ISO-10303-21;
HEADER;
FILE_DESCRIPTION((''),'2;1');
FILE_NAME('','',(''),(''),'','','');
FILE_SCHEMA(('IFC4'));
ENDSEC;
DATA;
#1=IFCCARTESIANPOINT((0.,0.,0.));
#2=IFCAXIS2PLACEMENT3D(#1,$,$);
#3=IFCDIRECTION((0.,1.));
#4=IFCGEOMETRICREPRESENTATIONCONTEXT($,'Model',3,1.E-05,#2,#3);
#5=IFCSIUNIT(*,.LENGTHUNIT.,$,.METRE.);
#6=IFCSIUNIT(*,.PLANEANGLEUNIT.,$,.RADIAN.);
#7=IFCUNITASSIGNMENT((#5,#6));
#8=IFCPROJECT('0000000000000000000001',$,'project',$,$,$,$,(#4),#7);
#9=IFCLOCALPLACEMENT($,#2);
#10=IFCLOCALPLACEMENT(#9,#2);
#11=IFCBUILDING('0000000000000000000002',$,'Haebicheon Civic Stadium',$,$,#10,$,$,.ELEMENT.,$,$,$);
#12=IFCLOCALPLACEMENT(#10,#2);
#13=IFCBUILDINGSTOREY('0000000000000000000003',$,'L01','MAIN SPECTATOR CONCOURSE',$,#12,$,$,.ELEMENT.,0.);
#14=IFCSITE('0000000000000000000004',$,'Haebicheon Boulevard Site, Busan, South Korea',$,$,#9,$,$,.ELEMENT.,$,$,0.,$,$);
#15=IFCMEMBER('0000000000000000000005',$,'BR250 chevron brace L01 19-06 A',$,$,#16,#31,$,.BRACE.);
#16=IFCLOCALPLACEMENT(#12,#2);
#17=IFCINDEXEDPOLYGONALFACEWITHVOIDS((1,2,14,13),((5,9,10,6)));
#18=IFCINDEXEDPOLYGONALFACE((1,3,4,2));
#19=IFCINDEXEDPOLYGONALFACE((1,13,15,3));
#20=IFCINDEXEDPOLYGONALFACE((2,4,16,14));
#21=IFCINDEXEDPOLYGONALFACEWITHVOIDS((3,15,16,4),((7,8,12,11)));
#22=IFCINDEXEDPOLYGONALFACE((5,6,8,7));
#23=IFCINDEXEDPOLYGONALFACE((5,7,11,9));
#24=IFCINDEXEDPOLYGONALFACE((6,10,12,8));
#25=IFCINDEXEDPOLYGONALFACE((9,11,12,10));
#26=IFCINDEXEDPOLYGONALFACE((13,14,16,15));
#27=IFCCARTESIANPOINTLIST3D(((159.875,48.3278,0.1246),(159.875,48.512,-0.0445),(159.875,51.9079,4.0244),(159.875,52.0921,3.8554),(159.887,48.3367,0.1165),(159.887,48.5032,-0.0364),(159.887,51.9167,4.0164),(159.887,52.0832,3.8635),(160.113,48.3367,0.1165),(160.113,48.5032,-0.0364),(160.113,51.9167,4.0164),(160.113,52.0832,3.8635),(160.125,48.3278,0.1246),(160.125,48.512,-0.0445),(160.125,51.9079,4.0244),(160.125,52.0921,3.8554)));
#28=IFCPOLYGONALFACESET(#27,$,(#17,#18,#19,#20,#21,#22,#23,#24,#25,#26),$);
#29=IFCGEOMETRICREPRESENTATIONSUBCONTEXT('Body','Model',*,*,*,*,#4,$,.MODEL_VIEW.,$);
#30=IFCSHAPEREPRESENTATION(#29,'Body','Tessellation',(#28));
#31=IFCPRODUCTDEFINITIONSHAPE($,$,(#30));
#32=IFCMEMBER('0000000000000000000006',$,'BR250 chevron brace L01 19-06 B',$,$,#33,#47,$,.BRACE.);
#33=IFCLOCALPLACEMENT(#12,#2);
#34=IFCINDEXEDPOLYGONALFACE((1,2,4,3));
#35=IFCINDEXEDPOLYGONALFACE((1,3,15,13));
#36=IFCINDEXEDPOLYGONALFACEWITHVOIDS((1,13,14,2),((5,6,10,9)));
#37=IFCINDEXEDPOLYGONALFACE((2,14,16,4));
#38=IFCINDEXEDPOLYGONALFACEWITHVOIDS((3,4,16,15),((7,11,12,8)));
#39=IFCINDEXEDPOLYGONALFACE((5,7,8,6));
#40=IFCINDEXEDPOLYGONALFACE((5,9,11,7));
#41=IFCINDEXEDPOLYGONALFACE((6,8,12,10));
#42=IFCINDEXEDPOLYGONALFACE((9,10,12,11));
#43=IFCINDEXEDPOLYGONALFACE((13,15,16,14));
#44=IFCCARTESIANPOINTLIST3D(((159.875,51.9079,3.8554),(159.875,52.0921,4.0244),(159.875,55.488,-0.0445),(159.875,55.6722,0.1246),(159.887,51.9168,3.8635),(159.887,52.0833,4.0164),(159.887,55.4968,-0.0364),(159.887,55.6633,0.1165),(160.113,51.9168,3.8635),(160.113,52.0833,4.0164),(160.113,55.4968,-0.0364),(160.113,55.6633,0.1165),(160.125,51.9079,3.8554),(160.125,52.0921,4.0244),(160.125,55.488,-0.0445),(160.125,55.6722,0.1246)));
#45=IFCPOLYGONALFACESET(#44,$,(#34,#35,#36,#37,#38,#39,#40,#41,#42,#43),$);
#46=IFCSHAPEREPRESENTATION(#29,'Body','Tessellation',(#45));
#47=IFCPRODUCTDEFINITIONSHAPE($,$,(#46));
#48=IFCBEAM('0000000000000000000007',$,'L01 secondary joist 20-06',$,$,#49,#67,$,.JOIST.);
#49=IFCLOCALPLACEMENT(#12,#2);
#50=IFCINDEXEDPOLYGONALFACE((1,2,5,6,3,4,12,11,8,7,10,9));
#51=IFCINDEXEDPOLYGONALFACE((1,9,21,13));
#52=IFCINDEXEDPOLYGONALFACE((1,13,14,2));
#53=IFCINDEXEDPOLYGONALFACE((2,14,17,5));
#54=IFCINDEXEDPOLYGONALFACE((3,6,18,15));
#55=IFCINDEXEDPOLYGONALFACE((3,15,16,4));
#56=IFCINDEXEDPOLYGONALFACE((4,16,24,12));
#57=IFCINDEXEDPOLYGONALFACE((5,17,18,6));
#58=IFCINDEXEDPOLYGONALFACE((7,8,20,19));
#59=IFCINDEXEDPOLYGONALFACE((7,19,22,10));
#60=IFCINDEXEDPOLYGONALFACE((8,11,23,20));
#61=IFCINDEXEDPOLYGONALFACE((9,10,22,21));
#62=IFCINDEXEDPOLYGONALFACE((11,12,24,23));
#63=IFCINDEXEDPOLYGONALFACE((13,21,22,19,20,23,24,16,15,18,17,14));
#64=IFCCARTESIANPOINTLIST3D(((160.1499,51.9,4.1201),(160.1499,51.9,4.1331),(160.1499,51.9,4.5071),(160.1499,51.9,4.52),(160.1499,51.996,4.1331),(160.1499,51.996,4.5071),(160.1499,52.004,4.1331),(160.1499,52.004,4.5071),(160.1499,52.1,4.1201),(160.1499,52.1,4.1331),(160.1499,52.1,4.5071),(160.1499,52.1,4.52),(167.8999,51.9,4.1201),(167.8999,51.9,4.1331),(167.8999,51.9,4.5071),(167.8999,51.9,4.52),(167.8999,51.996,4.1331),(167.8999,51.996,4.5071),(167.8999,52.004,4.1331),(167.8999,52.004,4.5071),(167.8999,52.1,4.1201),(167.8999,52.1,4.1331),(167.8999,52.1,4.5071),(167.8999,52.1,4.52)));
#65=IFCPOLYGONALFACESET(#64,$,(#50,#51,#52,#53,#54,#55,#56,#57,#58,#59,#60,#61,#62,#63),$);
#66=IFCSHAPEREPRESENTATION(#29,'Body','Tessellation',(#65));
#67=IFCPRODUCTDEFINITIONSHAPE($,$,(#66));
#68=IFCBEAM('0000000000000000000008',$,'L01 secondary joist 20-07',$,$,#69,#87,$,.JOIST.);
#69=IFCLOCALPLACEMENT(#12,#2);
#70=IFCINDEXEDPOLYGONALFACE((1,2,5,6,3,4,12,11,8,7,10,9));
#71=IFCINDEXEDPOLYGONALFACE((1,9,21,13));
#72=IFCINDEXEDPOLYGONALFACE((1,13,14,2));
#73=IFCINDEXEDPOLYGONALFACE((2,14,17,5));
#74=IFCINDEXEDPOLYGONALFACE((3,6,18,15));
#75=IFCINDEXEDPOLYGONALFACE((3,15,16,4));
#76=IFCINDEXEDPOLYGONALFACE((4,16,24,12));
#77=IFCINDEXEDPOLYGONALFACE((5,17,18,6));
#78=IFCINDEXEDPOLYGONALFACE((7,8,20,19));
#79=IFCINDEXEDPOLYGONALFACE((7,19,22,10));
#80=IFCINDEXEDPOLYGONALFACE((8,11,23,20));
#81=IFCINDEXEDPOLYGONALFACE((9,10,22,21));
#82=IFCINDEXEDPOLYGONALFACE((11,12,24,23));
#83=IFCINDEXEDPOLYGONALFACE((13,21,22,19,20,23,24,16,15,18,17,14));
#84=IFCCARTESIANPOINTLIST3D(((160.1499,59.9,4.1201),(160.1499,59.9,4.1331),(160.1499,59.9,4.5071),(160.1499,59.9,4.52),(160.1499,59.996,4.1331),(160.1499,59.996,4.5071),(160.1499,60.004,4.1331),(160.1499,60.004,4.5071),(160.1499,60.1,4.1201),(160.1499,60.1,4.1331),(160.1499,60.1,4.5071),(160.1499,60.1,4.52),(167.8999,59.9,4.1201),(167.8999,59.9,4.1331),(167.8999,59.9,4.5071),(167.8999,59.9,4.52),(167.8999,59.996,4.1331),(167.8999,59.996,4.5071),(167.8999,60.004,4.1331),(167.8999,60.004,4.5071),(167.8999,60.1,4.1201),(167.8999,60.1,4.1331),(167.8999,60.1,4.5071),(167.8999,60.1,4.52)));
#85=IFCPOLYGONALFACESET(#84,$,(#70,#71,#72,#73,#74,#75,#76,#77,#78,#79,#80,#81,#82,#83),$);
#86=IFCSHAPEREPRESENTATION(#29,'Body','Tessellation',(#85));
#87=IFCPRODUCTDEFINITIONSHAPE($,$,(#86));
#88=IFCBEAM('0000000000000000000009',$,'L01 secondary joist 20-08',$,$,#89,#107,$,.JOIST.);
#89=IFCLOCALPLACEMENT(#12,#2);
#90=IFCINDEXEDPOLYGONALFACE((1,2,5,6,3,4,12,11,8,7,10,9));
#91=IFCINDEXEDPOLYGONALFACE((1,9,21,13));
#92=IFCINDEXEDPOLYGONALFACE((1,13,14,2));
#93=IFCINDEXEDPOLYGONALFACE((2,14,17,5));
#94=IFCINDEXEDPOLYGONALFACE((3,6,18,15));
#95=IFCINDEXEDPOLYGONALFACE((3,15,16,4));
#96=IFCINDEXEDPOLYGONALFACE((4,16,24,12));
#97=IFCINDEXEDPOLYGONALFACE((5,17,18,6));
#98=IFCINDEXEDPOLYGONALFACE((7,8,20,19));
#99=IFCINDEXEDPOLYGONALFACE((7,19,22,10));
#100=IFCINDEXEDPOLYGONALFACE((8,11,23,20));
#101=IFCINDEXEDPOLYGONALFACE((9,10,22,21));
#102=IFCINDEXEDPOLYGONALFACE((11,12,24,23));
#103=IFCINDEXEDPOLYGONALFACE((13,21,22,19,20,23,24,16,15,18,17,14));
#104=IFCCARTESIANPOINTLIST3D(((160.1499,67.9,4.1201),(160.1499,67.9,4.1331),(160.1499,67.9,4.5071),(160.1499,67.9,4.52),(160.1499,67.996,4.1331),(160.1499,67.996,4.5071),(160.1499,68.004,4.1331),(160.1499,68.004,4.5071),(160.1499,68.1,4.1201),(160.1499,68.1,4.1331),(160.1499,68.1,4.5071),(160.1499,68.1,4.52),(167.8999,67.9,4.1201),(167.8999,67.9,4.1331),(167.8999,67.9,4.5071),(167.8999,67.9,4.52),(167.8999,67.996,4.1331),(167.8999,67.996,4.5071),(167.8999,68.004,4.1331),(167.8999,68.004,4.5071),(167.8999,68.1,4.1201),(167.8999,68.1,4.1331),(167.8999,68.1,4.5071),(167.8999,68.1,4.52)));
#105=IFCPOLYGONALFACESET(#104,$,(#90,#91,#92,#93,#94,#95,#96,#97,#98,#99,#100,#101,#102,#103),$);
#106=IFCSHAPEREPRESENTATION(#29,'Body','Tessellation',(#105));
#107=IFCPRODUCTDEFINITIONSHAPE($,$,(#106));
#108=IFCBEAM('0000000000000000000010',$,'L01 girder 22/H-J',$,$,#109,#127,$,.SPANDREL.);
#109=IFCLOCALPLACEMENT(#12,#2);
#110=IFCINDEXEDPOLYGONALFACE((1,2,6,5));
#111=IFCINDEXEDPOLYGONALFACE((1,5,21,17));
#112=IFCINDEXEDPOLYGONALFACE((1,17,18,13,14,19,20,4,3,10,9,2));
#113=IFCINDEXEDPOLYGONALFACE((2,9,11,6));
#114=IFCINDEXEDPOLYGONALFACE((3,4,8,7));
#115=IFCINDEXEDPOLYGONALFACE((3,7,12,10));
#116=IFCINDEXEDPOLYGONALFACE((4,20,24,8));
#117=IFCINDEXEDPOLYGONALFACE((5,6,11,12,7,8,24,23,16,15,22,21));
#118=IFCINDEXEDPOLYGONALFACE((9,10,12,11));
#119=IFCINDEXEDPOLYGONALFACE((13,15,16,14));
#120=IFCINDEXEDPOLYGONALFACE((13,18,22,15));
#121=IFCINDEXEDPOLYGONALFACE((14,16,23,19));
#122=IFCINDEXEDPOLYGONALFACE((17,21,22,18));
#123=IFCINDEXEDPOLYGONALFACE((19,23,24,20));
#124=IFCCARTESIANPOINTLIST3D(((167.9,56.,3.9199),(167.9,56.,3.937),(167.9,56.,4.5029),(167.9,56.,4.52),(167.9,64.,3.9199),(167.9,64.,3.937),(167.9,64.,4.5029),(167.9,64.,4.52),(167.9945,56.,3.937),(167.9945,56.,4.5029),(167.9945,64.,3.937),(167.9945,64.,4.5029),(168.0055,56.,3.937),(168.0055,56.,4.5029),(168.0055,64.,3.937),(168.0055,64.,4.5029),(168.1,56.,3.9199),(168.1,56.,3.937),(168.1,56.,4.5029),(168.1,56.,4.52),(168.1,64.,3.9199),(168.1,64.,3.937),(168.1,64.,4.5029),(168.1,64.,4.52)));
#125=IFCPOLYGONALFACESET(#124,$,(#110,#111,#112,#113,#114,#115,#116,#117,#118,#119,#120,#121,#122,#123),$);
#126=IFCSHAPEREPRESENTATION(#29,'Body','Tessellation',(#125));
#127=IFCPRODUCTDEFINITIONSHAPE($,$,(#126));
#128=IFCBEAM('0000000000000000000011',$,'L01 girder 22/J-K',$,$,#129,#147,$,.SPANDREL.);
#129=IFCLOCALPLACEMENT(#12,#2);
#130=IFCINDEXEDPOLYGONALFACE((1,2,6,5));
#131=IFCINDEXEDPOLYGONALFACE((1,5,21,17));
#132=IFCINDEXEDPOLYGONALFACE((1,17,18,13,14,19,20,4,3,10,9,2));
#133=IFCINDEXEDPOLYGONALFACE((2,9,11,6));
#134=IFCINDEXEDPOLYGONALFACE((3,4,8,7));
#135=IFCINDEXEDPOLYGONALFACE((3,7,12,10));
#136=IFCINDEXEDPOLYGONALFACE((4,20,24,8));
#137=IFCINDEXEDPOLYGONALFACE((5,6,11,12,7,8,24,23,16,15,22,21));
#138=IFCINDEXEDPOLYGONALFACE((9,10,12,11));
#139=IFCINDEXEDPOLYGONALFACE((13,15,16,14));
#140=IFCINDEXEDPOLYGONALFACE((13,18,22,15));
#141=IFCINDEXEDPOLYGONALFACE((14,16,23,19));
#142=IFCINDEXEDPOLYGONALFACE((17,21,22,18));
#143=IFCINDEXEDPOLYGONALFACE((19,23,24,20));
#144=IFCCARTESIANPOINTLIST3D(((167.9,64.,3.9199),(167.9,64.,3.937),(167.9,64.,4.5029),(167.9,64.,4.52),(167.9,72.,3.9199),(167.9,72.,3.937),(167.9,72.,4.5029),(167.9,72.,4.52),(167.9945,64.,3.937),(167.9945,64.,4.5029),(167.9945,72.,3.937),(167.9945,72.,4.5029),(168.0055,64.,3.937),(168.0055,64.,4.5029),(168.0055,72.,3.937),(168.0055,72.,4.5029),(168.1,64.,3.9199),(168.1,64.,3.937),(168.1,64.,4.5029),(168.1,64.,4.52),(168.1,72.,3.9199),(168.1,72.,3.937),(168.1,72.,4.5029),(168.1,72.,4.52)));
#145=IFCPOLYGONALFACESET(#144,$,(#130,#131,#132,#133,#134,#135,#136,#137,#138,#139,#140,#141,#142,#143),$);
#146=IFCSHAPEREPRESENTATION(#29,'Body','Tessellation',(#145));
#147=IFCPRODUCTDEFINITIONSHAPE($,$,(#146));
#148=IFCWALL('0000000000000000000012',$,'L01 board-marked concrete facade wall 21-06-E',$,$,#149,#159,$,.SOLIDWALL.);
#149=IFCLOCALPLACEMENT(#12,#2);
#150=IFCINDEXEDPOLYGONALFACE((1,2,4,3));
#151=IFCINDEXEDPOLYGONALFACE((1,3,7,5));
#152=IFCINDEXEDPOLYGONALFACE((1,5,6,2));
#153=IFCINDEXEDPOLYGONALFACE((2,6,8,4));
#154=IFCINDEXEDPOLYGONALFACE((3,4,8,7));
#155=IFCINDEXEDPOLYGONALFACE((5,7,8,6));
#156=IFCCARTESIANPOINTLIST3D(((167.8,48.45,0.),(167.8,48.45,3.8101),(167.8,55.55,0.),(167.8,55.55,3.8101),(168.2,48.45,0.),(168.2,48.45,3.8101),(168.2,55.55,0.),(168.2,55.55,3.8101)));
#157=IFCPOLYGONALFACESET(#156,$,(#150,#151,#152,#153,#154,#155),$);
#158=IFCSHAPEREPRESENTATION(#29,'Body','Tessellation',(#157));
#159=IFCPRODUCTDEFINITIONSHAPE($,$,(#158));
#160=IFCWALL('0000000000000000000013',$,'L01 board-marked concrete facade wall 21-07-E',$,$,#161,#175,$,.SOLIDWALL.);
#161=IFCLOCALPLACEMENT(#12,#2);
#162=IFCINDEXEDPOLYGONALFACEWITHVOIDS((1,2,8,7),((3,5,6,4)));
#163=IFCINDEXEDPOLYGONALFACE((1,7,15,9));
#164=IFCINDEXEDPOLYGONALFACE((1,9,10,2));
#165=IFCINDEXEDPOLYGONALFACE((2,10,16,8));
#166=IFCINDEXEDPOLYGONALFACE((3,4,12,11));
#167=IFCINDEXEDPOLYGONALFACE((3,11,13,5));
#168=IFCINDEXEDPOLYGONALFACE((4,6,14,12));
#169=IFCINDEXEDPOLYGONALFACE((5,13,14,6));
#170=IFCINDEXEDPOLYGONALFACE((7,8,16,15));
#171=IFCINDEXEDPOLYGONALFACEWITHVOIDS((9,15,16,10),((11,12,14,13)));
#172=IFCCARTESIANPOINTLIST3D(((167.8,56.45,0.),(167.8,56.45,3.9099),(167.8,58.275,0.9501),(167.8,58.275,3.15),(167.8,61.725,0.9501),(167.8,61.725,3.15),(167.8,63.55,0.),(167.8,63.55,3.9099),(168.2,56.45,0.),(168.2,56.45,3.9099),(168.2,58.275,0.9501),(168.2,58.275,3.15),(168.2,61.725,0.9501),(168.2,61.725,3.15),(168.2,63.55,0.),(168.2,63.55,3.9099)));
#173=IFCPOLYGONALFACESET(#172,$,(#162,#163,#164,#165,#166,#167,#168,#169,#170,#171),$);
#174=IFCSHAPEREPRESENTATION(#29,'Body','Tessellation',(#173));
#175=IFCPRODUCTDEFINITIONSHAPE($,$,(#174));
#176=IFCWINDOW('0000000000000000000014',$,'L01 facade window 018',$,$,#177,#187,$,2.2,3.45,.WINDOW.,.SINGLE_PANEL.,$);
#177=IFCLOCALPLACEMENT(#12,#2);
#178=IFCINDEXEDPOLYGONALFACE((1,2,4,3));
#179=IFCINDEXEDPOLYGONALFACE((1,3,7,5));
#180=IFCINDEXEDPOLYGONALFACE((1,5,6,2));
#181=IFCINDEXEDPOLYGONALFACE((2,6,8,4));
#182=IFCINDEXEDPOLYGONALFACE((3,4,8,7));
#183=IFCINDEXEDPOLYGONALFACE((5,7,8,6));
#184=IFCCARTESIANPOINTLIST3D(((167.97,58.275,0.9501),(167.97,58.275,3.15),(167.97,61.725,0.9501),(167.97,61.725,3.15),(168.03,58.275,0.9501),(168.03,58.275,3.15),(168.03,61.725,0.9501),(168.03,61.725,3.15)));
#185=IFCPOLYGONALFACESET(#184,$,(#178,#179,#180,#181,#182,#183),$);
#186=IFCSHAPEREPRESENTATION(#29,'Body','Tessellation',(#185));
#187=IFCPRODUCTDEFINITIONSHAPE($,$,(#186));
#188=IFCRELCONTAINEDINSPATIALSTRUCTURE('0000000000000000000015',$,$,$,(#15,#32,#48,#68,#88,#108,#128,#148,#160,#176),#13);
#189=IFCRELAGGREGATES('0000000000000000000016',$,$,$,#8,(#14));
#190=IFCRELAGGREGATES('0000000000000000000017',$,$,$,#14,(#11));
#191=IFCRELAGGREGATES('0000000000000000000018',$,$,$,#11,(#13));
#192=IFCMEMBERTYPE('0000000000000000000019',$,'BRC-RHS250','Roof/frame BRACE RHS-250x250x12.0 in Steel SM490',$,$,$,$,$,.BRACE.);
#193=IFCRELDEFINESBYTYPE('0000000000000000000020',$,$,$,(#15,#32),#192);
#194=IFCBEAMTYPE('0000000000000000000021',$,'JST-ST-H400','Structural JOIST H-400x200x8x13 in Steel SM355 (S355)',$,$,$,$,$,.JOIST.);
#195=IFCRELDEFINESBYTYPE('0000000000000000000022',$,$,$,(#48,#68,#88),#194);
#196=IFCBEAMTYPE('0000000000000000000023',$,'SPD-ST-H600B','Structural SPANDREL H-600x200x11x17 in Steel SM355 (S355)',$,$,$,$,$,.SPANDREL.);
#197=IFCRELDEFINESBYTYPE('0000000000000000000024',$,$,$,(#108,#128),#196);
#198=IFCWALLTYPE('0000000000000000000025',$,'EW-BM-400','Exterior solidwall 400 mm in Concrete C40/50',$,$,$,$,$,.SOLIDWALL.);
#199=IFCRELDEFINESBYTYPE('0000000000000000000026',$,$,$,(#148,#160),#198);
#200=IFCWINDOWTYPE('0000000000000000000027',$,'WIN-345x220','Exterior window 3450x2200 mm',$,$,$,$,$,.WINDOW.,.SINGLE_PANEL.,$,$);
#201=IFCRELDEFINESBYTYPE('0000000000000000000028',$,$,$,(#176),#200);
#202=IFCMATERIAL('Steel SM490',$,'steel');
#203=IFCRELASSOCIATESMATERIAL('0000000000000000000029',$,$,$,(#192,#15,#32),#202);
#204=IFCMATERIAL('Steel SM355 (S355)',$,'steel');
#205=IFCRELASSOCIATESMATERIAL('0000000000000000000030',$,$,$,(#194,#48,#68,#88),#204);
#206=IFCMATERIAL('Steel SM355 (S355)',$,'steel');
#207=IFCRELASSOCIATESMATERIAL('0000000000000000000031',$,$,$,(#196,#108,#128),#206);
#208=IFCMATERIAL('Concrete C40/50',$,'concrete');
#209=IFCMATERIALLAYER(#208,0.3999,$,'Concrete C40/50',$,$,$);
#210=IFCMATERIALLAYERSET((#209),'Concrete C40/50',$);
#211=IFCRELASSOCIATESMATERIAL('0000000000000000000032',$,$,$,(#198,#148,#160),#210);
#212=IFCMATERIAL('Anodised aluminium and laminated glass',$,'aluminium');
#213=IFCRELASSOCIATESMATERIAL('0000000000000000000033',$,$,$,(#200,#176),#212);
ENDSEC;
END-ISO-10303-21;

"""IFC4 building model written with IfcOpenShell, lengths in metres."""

from ifc_helpers import new_model, si_unit, direction, frame, frame_2d, origin, origin_2d, place, context, subcontext, project, spatial, rectangle, hollow_rectangle, i_section, extrude, material, layer, layer_set, material_profile, profile_set, type_object, element, fill, save


model = new_model("IFC4")

# Units and contexts
model_context = context("Model", 3, precision=1e-05, world=origin(), true_north=direction((0.0, 1.0)))
body_context = subcontext(model_context, "Body", "Model", "MODEL_VIEW")
ifc_project = project(units=[si_unit("LENGTHUNIT", "METRE"), si_unit("PLANEANGLEUNIT", "RADIAN")], contexts=[model_context])

# Site, building, storey
site_placement = place(None, origin())
site = spatial("IfcSite", under=ifc_project, at=site_placement, Name="Haebicheon Boulevard Site, Busan, South Korea", CompositionType="ELEMENT", RefElevation=0.0)
building_placement = place(site_placement, origin())
building = spatial("IfcBuilding", under=site, at=building_placement, Name="Haebicheon Civic Stadium", CompositionType="ELEMENT")
storey_placement = place(building_placement, origin())
storey = spatial("IfcBuildingStorey", under=building, at=storey_placement, Name="L01", Description="MAIN SPECTATOR CONCOURSE", CompositionType="ELEMENT", Elevation=0.0)

# Members
ifc_material_1 = material(Name="Steel SM490", Category="steel")
ifc_material_profile_1 = material_profile(ifc_material_1, hollow_rectangle(XDim=0.25, YDim=0.25, WallThickness=0.012, at=origin_2d()), Name="RHS-250x250x12.0")
ifc_profile_set_1 = profile_set([ifc_material_profile_1], Name="Steel SM490")
member_type = type_object("IfcMemberType", Name="BRC-RHS250", Description="Roof/frame BRACE RHS-250x250x12.0 in Steel SM490", PredefinedType="BRACE", material=ifc_profile_set_1)
for number, where, z_axis, x_axis, name in (
    (1, (160.0, 48.4199, 0.04), (0.0, 0.676255, 0.736668), (-1.0, 0.0, 0.0), "BR250 chevron brace L01 19-06 A"),
    (2, (160.0, 55.5801, 0.04), (0.0, -0.676255, 0.736668), (1.0, 0.0, 0.0), "BR250 chevron brace L01 19-06 B"),
):
    element("IfcMember", number, at=place(storey_placement, frame(where, z_axis=z_axis, x_axis=x_axis)), inside=storey, type_object=member_type, material=ifc_profile_set_1, Name=name, PredefinedType="BRACE", context=body_context, shape_type="SweptSolid", body=[
        extrude(hollow_rectangle(XDim=0.25, YDim=0.25, WallThickness=0.012, at=origin_2d()), origin(), (0.0, 0.0, 1.0), 5.2939),
    ])

# Beams
ifc_material_2 = material(Name="Steel SM355 (S355)", Category="steel")
ifc_material_profile_2 = material_profile(ifc_material_2, i_section(OverallWidth=0.2, OverallDepth=0.3999, WebThickness=0.0081, FlangeThickness=0.0129, at=origin_2d()), Name="H-400x200x8x13")
ifc_profile_set_2 = profile_set([ifc_material_profile_2], Name="Steel SM355 (S355)")
beam_type_1 = type_object("IfcBeamType", Name="JST-ST-H400", Description="Structural JOIST H-400x200x8x13 in Steel SM355 (S355)", PredefinedType="JOIST", material=ifc_profile_set_2)
for number, where, z_axis, x_axis, name in (
    (3, (160.1499, 52.0, 4.3201), (1.0, 0.0, 0.0), (0.0, 1.0, 0.0), "L01 secondary joist 20-06"),
    (4, (160.1499, 60.0, 4.3201), (1.0, 0.0, 0.0), (0.0, 1.0, 0.0), "L01 secondary joist 20-07"),
    (5, (160.1499, 68.0, 4.3201), (1.0, 0.0, 0.0), (0.0, 1.0, 0.0), "L01 secondary joist 20-08"),
):
    element("IfcBeam", number, at=place(storey_placement, frame(where, z_axis=z_axis, x_axis=x_axis)), inside=storey, type_object=beam_type_1, material=ifc_profile_set_2, Name=name, PredefinedType="JOIST", context=body_context, shape_type="SweptSolid", body=[
        extrude(i_section(OverallWidth=0.2, OverallDepth=0.3999, WebThickness=0.0081, FlangeThickness=0.0129, at=origin_2d()), origin(), (0.0, 0.0, 1.0), 7.75),
    ])
ifc_material_3 = material(Name="Steel SM355 (S355)", Category="steel")
ifc_material_profile_3 = material_profile(ifc_material_3, i_section(OverallWidth=0.2, OverallDepth=0.6001, WebThickness=0.011, FlangeThickness=0.0171, at=origin_2d()), Name="H-600x200x11x17")
ifc_profile_set_3 = profile_set([ifc_material_profile_3], Name="Steel SM355 (S355)")
beam_type_2 = type_object("IfcBeamType", Name="SPD-ST-H600B", Description="Structural SPANDREL H-600x200x11x17 in Steel SM355 (S355)", PredefinedType="SPANDREL", material=ifc_profile_set_3)
for number, where, z_axis, x_axis, name in (
    (6, (168.0, 56.0, 4.22), (0.0, 1.0, 0.0), (-1.0, 0.0, 0.0), "L01 girder 22/H-J"),
    (7, (168.0, 64.0, 4.22), (0.0, 1.0, 0.0), (-1.0, 0.0, 0.0), "L01 girder 22/J-K"),
):
    element("IfcBeam", number, at=place(storey_placement, frame(where, z_axis=z_axis, x_axis=x_axis)), inside=storey, type_object=beam_type_2, material=ifc_profile_set_3, Name=name, PredefinedType="SPANDREL", context=body_context, shape_type="SweptSolid", body=[
        extrude(i_section(OverallWidth=0.2, OverallDepth=0.6001, WebThickness=0.011, FlangeThickness=0.0171, at=origin_2d()), origin(), (0.0, 0.0, 1.0), 8.0),
    ])

# Wall
ifc_material_4 = material(Name="Concrete C40/50", Category="concrete")
ifc_layer_1 = layer(ifc_material_4, 0.3999, Name="Concrete C40/50")
ifc_layer_set_1 = layer_set([ifc_layer_1], Name="Concrete C40/50")
wall_type_1 = type_object("IfcWallType", Name="EW-BM-400", Description="Exterior solidwall 400 mm in Concrete C40/50", PredefinedType="SOLIDWALL", material=ifc_layer_set_1)
wall_1_placement = place(storey_placement, frame((168.0, 48.45, 0.0), z_axis=(0.0, 0.0, 1.0), x_axis=(0.0, 1.0, 0.0)))
element("IfcWall", 8, at=wall_1_placement, inside=storey, type_object=wall_type_1, material=ifc_layer_set_1, Name="L01 board-marked concrete facade wall 21-06-E", PredefinedType="SOLIDWALL", context=body_context, shape_type="SweptSolid", body=[
    extrude(rectangle(XDim=7.1001, YDim=0.3999, at=frame_2d((3.55, 0.0))), origin(), (0.0, 0.0, 1.0), 3.8101),
])

# Wall, opening, window
wall_2_placement = place(storey_placement, frame((168.0, 56.45, 0.0), z_axis=(0.0, 0.0, 1.0), x_axis=(0.0, 1.0, 0.0)))
wall_2 = element("IfcWall", 9, at=wall_2_placement, inside=storey, type_object=wall_type_1, material=ifc_layer_set_1, Name="L01 board-marked concrete facade wall 21-07-E", PredefinedType="SOLIDWALL", context=body_context, shape_type="SweptSolid", body=[
    extrude(rectangle(XDim=7.1001, YDim=0.3999, at=frame_2d((3.55, 0.0))), origin(), (0.0, 0.0, 1.0), 3.9099),
])
opening_placement = place(wall_2_placement, frame((1.825, 0.0, 0.95)))
opening = element("IfcOpeningElement", 10, at=opening_placement, cuts=wall_2, PredefinedType="OPENING", context=body_context, shape_type="SweptSolid", body=[
    extrude(rectangle(XDim=3.45, YDim=2.2, at=frame_2d((1.7251, 1.1001))), frame((0.0, 0.21, 0.0), z_axis=(0.0, -1.0, 0.0), x_axis=(1.0, 0.0, 0.0)), (0.0, 0.0, 1.0), 0.4199),
])
ifc_material_5 = material(Name="Anodised aluminium and laminated glass", Category="aluminium")
window_type = type_object("IfcWindowType", Name="WIN-345x220", Description="Exterior window 3450x2200 mm", PartitioningType="SINGLE_PANEL", PredefinedType="WINDOW", material=ifc_material_5)
window_placement = place(opening_placement, origin())
window = element("IfcWindow", 11, at=window_placement, inside=storey, type_object=window_type, material=ifc_material_5, Name="L01 facade window 018", OverallHeight=2.2, OverallWidth=3.45, PartitioningType="SINGLE_PANEL", PredefinedType="WINDOW", context=body_context, shape_type="SweptSolid", body=[
    extrude(rectangle(XDim=3.45, YDim=2.2, at=frame_2d((1.7251, 1.1001))), frame((0.0, 0.03, 0.0), z_axis=(0.0, -1.0, 0.0), x_axis=(1.0, 0.0, 0.0)), (0.0, 0.0, 1.0), 0.0601),
])
fill(opening, window)

save(model, "model.ifc")
